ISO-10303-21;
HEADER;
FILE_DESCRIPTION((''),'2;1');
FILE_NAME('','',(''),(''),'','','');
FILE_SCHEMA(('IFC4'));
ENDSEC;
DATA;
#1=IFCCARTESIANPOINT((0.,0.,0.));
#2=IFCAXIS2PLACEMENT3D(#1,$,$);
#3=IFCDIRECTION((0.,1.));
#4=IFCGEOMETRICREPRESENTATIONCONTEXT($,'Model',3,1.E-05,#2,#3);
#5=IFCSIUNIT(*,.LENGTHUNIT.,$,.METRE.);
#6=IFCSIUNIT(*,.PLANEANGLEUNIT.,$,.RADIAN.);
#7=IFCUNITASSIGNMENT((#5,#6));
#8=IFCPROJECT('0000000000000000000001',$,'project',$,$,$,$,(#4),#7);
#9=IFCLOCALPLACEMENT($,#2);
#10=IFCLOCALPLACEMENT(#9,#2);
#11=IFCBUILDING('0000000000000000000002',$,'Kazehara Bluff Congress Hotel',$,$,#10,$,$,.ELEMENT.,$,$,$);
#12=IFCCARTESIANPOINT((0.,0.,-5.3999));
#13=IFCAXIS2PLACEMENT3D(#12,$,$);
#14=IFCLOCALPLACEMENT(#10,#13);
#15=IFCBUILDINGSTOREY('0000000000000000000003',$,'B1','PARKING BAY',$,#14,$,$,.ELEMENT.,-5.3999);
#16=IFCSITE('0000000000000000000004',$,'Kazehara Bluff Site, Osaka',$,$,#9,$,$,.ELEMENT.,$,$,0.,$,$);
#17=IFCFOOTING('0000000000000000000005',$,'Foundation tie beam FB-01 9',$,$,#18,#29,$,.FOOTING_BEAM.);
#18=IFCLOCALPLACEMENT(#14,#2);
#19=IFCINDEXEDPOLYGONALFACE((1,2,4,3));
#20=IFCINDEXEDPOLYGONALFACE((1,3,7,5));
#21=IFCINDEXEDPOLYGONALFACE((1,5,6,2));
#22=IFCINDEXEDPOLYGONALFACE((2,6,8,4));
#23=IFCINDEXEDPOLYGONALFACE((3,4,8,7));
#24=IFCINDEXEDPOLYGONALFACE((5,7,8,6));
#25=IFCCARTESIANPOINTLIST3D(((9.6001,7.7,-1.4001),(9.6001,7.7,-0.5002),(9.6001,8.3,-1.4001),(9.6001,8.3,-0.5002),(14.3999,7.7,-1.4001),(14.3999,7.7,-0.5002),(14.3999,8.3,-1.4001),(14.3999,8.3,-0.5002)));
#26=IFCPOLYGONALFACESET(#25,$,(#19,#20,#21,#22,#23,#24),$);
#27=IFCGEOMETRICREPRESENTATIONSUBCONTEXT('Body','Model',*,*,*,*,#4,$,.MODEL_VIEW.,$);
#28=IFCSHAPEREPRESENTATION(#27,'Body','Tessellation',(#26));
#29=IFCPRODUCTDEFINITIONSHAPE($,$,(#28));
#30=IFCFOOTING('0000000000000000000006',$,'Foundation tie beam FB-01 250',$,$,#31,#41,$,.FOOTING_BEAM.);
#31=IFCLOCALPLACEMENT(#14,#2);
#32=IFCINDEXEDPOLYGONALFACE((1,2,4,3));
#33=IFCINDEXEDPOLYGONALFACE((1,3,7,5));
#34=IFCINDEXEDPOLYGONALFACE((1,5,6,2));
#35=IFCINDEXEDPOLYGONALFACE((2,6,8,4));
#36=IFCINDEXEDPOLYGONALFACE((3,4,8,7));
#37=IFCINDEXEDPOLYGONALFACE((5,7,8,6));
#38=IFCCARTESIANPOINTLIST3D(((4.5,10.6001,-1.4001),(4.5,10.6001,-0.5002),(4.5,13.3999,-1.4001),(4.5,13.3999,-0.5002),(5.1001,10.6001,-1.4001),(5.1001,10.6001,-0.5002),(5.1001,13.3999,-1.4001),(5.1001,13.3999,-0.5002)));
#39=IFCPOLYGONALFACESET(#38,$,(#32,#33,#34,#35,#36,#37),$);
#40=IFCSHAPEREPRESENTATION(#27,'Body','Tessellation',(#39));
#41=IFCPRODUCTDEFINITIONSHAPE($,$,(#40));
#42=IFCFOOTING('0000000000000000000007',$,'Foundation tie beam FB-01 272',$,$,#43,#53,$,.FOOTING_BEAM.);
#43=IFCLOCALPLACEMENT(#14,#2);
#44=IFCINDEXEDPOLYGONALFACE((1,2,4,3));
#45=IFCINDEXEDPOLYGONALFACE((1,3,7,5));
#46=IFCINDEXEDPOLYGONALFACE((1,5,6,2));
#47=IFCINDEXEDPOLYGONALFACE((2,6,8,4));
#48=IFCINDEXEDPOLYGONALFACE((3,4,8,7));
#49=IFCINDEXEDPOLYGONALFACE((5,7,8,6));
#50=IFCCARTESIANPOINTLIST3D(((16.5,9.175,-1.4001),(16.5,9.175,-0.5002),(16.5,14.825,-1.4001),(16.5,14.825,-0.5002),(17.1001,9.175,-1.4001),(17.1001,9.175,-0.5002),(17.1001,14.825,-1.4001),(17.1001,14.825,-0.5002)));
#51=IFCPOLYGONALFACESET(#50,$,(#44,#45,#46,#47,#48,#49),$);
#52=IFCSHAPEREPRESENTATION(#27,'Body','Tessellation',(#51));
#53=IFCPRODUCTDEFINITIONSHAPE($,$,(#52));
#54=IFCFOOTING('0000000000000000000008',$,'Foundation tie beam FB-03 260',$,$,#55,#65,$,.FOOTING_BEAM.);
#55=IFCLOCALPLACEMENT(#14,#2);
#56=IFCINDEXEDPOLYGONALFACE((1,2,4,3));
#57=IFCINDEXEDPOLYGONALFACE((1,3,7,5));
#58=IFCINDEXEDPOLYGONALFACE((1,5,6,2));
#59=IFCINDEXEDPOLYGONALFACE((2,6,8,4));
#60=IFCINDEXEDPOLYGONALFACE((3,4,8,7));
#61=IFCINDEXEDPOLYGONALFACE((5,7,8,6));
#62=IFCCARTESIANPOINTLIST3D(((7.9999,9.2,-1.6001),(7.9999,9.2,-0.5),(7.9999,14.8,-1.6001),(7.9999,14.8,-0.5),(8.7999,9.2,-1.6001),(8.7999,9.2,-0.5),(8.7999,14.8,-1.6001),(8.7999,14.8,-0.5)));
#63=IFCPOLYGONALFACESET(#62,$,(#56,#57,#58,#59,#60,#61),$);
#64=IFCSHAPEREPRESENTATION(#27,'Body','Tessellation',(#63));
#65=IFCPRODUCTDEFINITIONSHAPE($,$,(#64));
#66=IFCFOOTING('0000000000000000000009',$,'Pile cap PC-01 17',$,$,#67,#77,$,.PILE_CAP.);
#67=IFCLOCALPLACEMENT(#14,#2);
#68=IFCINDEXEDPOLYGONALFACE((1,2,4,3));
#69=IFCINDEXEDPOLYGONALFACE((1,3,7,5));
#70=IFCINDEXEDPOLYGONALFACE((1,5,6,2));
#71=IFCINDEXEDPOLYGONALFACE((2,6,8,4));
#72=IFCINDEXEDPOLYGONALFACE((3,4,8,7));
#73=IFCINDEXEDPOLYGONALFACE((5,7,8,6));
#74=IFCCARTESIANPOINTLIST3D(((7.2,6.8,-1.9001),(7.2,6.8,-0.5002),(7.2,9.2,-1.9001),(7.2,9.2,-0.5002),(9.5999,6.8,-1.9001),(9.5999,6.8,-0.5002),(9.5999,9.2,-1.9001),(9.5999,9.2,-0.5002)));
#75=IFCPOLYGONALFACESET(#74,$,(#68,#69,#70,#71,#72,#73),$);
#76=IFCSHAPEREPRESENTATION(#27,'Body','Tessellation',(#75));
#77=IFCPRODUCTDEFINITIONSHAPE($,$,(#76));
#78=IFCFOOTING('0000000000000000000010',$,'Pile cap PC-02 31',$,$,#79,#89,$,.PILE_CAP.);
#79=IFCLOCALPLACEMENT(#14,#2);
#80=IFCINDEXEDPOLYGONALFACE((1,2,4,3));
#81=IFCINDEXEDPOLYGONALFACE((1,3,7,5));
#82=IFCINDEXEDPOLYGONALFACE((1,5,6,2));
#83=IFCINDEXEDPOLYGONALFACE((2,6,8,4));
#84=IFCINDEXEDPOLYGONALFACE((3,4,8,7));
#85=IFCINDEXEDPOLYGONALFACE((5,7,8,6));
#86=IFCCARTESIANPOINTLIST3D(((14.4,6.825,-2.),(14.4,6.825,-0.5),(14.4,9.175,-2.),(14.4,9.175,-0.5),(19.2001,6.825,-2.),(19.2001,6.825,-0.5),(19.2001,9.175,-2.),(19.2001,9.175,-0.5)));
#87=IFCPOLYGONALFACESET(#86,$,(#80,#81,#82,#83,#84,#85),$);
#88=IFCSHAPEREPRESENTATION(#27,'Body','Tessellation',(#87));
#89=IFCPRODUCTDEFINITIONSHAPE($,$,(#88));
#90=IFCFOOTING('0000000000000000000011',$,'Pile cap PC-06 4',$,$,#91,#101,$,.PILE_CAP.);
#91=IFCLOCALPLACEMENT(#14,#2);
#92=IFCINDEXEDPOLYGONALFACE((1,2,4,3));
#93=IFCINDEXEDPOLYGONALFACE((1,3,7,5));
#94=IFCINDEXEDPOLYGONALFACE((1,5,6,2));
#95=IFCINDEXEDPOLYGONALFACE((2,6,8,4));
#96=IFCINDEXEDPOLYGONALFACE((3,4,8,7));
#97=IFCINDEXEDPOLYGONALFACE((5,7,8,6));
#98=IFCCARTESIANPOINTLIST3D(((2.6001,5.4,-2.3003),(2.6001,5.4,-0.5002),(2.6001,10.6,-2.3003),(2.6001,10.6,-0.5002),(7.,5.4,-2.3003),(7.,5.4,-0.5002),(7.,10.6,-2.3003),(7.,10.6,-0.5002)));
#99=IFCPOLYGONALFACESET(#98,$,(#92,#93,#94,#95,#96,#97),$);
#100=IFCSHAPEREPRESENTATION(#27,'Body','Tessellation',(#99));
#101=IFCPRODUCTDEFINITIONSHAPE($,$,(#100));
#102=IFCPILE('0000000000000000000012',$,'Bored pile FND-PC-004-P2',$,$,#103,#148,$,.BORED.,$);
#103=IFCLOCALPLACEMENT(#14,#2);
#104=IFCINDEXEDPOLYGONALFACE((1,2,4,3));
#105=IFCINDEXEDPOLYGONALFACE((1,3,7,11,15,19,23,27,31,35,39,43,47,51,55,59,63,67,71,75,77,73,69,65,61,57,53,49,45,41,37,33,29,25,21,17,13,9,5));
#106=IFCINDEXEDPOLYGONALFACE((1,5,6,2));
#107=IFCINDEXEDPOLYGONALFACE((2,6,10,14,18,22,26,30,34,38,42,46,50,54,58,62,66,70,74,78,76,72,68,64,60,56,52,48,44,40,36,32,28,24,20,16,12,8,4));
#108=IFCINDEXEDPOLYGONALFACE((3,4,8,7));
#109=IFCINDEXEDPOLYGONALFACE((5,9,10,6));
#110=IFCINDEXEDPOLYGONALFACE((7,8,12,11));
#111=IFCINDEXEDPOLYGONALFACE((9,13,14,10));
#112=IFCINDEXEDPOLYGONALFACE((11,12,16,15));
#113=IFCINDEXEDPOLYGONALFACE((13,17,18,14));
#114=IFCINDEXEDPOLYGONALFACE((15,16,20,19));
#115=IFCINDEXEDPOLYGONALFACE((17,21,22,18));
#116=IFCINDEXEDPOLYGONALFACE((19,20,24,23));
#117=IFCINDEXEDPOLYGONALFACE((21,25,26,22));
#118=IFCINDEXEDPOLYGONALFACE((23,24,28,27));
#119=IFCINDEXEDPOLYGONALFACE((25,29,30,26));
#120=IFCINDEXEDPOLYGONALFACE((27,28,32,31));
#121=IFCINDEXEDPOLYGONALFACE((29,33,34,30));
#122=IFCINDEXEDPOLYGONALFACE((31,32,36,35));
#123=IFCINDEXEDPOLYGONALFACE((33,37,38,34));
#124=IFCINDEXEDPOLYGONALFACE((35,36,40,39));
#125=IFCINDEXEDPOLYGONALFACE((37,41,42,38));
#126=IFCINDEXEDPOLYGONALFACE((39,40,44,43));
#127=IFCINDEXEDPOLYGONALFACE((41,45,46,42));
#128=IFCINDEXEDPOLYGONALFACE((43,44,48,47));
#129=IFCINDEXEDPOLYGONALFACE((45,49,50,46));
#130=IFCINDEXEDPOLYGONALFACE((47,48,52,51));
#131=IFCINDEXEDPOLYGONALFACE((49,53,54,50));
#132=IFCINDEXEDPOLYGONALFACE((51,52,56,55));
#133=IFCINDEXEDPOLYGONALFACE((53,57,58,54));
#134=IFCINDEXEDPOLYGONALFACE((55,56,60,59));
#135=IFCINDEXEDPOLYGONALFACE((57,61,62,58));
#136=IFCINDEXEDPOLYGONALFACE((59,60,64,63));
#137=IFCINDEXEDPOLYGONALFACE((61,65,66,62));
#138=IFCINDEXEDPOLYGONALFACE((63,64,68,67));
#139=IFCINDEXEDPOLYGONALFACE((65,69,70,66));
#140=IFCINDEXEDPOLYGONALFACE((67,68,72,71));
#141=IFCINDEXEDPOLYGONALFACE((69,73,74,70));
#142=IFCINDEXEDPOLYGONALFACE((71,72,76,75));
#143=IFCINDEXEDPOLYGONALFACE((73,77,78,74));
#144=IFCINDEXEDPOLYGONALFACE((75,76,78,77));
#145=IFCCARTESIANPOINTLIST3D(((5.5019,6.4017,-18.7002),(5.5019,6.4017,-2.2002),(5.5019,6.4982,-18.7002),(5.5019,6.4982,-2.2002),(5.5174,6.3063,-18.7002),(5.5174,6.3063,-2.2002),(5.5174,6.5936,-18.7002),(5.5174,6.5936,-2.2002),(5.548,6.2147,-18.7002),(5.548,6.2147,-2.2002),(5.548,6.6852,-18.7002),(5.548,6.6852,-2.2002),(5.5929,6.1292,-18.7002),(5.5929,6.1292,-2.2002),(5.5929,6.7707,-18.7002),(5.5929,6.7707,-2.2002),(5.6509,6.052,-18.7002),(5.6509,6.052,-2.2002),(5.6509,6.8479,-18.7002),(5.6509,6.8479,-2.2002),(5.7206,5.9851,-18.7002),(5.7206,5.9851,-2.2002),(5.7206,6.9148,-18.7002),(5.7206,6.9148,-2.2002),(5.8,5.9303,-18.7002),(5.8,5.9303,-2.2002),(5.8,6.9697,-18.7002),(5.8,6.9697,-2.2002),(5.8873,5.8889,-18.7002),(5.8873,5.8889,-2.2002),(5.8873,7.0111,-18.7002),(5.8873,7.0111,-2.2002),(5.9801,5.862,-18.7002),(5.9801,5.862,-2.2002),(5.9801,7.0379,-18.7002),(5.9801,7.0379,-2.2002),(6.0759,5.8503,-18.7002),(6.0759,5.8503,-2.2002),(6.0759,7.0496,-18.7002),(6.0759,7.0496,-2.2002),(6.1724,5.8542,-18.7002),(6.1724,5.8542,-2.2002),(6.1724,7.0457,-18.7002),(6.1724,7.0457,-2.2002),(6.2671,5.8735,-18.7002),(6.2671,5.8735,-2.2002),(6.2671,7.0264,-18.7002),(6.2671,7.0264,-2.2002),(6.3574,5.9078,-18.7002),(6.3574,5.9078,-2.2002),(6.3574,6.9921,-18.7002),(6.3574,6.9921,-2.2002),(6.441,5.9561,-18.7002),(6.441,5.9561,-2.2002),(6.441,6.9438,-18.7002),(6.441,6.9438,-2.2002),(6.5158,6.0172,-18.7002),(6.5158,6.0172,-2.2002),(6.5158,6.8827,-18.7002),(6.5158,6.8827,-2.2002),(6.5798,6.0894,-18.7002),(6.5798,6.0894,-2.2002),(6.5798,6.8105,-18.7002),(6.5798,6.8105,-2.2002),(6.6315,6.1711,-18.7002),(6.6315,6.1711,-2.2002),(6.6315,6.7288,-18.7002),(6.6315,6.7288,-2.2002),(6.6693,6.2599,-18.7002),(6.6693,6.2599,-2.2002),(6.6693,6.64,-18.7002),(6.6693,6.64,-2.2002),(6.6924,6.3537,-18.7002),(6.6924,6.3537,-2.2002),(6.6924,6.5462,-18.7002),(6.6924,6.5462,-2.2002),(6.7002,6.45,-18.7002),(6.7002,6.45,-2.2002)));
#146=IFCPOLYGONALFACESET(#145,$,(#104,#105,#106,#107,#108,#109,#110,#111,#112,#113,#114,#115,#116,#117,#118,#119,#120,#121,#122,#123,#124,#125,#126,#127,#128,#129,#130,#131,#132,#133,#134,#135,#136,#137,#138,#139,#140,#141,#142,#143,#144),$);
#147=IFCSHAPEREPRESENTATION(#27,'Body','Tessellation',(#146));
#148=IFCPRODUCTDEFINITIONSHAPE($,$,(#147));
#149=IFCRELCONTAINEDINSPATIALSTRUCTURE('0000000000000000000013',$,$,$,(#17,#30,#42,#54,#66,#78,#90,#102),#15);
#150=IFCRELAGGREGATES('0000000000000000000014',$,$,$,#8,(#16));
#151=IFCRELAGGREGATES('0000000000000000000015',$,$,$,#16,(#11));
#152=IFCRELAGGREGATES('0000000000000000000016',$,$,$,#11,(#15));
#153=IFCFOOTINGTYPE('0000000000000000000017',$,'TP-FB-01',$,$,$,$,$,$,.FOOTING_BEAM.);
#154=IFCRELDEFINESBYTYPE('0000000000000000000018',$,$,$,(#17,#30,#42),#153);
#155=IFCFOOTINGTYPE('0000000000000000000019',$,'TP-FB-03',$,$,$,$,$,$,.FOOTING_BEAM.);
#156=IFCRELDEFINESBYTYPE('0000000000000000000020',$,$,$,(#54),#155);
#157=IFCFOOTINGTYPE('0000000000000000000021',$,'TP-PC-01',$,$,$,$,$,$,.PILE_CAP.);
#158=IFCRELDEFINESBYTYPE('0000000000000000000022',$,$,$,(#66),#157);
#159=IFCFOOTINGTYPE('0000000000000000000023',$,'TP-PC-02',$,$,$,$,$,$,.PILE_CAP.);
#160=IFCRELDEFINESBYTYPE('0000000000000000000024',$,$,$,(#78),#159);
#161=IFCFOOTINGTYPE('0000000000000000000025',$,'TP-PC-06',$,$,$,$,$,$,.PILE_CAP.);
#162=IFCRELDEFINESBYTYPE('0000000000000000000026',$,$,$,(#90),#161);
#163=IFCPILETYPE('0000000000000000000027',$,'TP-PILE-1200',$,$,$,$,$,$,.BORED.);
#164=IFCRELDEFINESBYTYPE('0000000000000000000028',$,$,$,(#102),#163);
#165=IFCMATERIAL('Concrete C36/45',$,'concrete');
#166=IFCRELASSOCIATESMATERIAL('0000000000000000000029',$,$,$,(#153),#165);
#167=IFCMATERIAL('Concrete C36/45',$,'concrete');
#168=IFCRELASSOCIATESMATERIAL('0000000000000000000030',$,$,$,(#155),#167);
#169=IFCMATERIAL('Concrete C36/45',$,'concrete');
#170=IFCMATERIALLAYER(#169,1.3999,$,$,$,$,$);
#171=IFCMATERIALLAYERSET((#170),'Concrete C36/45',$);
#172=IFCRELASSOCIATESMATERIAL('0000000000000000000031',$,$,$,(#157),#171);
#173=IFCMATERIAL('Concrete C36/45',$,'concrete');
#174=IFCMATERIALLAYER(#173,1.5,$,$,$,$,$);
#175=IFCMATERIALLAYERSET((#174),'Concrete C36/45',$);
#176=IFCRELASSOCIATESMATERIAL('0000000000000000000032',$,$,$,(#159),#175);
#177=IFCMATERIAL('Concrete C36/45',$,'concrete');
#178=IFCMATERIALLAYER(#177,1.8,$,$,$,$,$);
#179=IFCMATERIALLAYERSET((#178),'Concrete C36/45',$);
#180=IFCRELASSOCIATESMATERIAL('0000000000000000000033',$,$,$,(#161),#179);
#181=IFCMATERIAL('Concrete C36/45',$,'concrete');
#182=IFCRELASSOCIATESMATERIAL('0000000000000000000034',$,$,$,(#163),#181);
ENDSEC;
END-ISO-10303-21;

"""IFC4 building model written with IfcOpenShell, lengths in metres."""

from ifc_helpers import new_model, si_unit, direction, frame, origin, origin_2d, place, context, subcontext, project, spatial, rectangle, circle, extrude, material, layer, layer_set, material_profile, profile_set, type_object, element, save


model = new_model("IFC4")

# Units and contexts
model_context = context("Model", 3, precision=1e-05, world=origin(), true_north=direction((0.0, 1.0)))
body_context = subcontext(model_context, "Body", "Model", "MODEL_VIEW")
ifc_project = project(units=[si_unit("LENGTHUNIT", "METRE"), si_unit("PLANEANGLEUNIT", "RADIAN")], contexts=[model_context])

# Site, building, storey
site_placement = place(None, origin())
site = spatial("IfcSite", under=ifc_project, at=site_placement, Name="Kazehara Bluff Site, Osaka", CompositionType="ELEMENT", RefElevation=0.0)
building_placement = place(site_placement, origin())
building = spatial("IfcBuilding", under=site, at=building_placement, Name="Kazehara Bluff Congress Hotel", CompositionType="ELEMENT")
storey_placement = place(building_placement, frame((0.0, 0.0, -5.3999)))
storey = spatial("IfcBuildingStorey", under=building, at=storey_placement, Name="B1", Description="PARKING BAY", CompositionType="ELEMENT", Elevation=-5.3999)

# Footings
ifc_material_1 = material(Name="Concrete C36/45", Category="concrete")
ifc_material_profile_1 = material_profile(ifc_material_1, rectangle(XDim=0.6001, YDim=0.8999, at=origin_2d()))
ifc_profile_set_1 = profile_set([ifc_material_profile_1], Name="Concrete C36/45")
footing_type_1 = type_object("IfcFootingType", Name="TP-FB-01", PredefinedType="FOOTING_BEAM", material=ifc_profile_set_1)
footing_1_placement = place(storey_placement, frame((9.6001, 8.0, -0.9502), z_axis=(1.0, 0.0, 0.0), x_axis=(0.0, 1.0, 0.0)))
element("IfcFooting", 1, at=footing_1_placement, inside=storey, type_object=footing_type_1, Name="Foundation tie beam FB-01 9", PredefinedType="FOOTING_BEAM", context=body_context, shape_type="SweptSolid", body=[
    extrude(rectangle(XDim=0.6001, YDim=0.8999, at=origin_2d()), origin(), (0.0, 0.0, 1.0), 4.7998),
])
footing_2_placement = place(storey_placement, frame((4.8, 10.6001, -0.9502), z_axis=(0.0, 1.0, 0.0), x_axis=(-1.0, 0.0, 0.0)))
element("IfcFooting", 2, at=footing_2_placement, inside=storey, type_object=footing_type_1, Name="Foundation tie beam FB-01 250", PredefinedType="FOOTING_BEAM", context=body_context, shape_type="SweptSolid", body=[
    extrude(rectangle(XDim=0.6001, YDim=0.8999, at=origin_2d()), origin(), (0.0, 0.0, 1.0), 2.7998),
])
footing_3_placement = place(storey_placement, frame((16.8, 9.175, -0.9502), z_axis=(0.0, 1.0, 0.0), x_axis=(-1.0, 0.0, 0.0)))
element("IfcFooting", 3, at=footing_3_placement, inside=storey, type_object=footing_type_1, Name="Foundation tie beam FB-01 272", PredefinedType="FOOTING_BEAM", context=body_context, shape_type="SweptSolid", body=[
    extrude(rectangle(XDim=0.6001, YDim=0.8999, at=origin_2d()), origin(), (0.0, 0.0, 1.0), 5.6499),
])
ifc_material_2 = material(Name="Concrete C36/45", Category="concrete")
ifc_material_profile_2 = material_profile(ifc_material_2, rectangle(XDim=0.8, YDim=1.1001, at=origin_2d()))
ifc_profile_set_2 = profile_set([ifc_material_profile_2], Name="Concrete C36/45")
footing_type_2 = type_object("IfcFootingType", Name="TP-FB-03", PredefinedType="FOOTING_BEAM", material=ifc_profile_set_2)
footing_4_placement = place(storey_placement, frame((8.3999, 9.2, -1.05), z_axis=(0.0, 1.0, 0.0), x_axis=(-1.0, 0.0, 0.0)))
element("IfcFooting", 4, at=footing_4_placement, inside=storey, type_object=footing_type_2, Name="Foundation tie beam FB-03 260", PredefinedType="FOOTING_BEAM", context=body_context, shape_type="SweptSolid", body=[
    extrude(rectangle(XDim=0.8, YDim=1.1001, at=origin_2d()), origin(), (0.0, 0.0, 1.0), 5.6001),
])
ifc_material_3 = material(Name="Concrete C36/45", Category="concrete")
ifc_layer_1 = layer(ifc_material_3, 1.3999)
ifc_layer_set_1 = layer_set([ifc_layer_1], Name="Concrete C36/45")
footing_type_3 = type_object("IfcFootingType", Name="TP-PC-01", PredefinedType="PILE_CAP", material=ifc_layer_set_1)
footing_5_placement = place(storey_placement, frame((8.3999, 8.0, -1.9001), z_axis=(0.0, 0.0, 1.0), x_axis=(1.0, 0.0, 0.0)))
element("IfcFooting", 5, at=footing_5_placement, inside=storey, type_object=footing_type_3, Name="Pile cap PC-01 17", PredefinedType="PILE_CAP", context=body_context, shape_type="SweptSolid", body=[
    extrude(rectangle(XDim=2.3999, YDim=2.3999, at=origin_2d()), origin(), (0.0, 0.0, 1.0), 1.3999),
])
ifc_material_4 = material(Name="Concrete C36/45", Category="concrete")
ifc_layer_2 = layer(ifc_material_4, 1.5)
ifc_layer_set_2 = layer_set([ifc_layer_2], Name="Concrete C36/45")
footing_type_4 = type_object("IfcFootingType", Name="TP-PC-02", PredefinedType="PILE_CAP", material=ifc_layer_set_2)
footing_6_placement = place(storey_placement, frame((16.8, 8.0, -2.0), z_axis=(0.0, 0.0, 1.0), x_axis=(1.0, 0.0, 0.0)))
element("IfcFooting", 6, at=footing_6_placement, inside=storey, type_object=footing_type_4, Name="Pile cap PC-02 31", PredefinedType="PILE_CAP", context=body_context, shape_type="SweptSolid", body=[
    extrude(rectangle(XDim=4.8, YDim=2.3501, at=origin_2d()), origin(), (0.0, 0.0, 1.0), 1.5),
])
ifc_material_5 = material(Name="Concrete C36/45", Category="concrete")
ifc_layer_3 = layer(ifc_material_5, 1.8)
ifc_layer_set_3 = layer_set([ifc_layer_3], Name="Concrete C36/45")
footing_type_5 = type_object("IfcFootingType", Name="TP-PC-06", PredefinedType="PILE_CAP", material=ifc_layer_set_3)
footing_7_placement = place(storey_placement, frame((4.8, 8.0, -2.3003), z_axis=(0.0, 0.0, 1.0), x_axis=(1.0, 0.0, 0.0)))
element("IfcFooting", 7, at=footing_7_placement, inside=storey, type_object=footing_type_5, Name="Pile cap PC-06 4", PredefinedType="PILE_CAP", context=body_context, shape_type="SweptSolid", body=[
    extrude(rectangle(XDim=4.3999, YDim=5.2, at=origin_2d()), origin(), (0.0, 0.0, 1.0), 1.8),
])

# Pile
ifc_material_6 = material(Name="Concrete C36/45", Category="concrete")
ifc_material_profile_3 = material_profile(ifc_material_6, circle(Radius=0.6001, at=origin_2d()))
ifc_profile_set_3 = profile_set([ifc_material_profile_3], Name="Concrete C36/45")
pile_type = type_object("IfcPileType", Name="TP-PILE-1200", PredefinedType="BORED", material=ifc_profile_set_3)
for number, where, z_axis, x_axis, name in (
    (8, (6.1001, 6.45, -2.2002), (0.0, 0.0, -1.0), (1.0, 0.0, 0.0), "Bored pile FND-PC-004-P2"),
):
    element("IfcPile", number, at=place(storey_placement, frame(where, z_axis=z_axis, x_axis=x_axis)), inside=storey, type_object=pile_type, Name=name, PredefinedType="BORED", context=body_context, shape_type="SweptSolid", body=[
        extrude(circle(Radius=0.6001, at=origin_2d()), origin(), (0.0, 0.0, 1.0), 16.5),
    ])

save(model, "model.ifc")
